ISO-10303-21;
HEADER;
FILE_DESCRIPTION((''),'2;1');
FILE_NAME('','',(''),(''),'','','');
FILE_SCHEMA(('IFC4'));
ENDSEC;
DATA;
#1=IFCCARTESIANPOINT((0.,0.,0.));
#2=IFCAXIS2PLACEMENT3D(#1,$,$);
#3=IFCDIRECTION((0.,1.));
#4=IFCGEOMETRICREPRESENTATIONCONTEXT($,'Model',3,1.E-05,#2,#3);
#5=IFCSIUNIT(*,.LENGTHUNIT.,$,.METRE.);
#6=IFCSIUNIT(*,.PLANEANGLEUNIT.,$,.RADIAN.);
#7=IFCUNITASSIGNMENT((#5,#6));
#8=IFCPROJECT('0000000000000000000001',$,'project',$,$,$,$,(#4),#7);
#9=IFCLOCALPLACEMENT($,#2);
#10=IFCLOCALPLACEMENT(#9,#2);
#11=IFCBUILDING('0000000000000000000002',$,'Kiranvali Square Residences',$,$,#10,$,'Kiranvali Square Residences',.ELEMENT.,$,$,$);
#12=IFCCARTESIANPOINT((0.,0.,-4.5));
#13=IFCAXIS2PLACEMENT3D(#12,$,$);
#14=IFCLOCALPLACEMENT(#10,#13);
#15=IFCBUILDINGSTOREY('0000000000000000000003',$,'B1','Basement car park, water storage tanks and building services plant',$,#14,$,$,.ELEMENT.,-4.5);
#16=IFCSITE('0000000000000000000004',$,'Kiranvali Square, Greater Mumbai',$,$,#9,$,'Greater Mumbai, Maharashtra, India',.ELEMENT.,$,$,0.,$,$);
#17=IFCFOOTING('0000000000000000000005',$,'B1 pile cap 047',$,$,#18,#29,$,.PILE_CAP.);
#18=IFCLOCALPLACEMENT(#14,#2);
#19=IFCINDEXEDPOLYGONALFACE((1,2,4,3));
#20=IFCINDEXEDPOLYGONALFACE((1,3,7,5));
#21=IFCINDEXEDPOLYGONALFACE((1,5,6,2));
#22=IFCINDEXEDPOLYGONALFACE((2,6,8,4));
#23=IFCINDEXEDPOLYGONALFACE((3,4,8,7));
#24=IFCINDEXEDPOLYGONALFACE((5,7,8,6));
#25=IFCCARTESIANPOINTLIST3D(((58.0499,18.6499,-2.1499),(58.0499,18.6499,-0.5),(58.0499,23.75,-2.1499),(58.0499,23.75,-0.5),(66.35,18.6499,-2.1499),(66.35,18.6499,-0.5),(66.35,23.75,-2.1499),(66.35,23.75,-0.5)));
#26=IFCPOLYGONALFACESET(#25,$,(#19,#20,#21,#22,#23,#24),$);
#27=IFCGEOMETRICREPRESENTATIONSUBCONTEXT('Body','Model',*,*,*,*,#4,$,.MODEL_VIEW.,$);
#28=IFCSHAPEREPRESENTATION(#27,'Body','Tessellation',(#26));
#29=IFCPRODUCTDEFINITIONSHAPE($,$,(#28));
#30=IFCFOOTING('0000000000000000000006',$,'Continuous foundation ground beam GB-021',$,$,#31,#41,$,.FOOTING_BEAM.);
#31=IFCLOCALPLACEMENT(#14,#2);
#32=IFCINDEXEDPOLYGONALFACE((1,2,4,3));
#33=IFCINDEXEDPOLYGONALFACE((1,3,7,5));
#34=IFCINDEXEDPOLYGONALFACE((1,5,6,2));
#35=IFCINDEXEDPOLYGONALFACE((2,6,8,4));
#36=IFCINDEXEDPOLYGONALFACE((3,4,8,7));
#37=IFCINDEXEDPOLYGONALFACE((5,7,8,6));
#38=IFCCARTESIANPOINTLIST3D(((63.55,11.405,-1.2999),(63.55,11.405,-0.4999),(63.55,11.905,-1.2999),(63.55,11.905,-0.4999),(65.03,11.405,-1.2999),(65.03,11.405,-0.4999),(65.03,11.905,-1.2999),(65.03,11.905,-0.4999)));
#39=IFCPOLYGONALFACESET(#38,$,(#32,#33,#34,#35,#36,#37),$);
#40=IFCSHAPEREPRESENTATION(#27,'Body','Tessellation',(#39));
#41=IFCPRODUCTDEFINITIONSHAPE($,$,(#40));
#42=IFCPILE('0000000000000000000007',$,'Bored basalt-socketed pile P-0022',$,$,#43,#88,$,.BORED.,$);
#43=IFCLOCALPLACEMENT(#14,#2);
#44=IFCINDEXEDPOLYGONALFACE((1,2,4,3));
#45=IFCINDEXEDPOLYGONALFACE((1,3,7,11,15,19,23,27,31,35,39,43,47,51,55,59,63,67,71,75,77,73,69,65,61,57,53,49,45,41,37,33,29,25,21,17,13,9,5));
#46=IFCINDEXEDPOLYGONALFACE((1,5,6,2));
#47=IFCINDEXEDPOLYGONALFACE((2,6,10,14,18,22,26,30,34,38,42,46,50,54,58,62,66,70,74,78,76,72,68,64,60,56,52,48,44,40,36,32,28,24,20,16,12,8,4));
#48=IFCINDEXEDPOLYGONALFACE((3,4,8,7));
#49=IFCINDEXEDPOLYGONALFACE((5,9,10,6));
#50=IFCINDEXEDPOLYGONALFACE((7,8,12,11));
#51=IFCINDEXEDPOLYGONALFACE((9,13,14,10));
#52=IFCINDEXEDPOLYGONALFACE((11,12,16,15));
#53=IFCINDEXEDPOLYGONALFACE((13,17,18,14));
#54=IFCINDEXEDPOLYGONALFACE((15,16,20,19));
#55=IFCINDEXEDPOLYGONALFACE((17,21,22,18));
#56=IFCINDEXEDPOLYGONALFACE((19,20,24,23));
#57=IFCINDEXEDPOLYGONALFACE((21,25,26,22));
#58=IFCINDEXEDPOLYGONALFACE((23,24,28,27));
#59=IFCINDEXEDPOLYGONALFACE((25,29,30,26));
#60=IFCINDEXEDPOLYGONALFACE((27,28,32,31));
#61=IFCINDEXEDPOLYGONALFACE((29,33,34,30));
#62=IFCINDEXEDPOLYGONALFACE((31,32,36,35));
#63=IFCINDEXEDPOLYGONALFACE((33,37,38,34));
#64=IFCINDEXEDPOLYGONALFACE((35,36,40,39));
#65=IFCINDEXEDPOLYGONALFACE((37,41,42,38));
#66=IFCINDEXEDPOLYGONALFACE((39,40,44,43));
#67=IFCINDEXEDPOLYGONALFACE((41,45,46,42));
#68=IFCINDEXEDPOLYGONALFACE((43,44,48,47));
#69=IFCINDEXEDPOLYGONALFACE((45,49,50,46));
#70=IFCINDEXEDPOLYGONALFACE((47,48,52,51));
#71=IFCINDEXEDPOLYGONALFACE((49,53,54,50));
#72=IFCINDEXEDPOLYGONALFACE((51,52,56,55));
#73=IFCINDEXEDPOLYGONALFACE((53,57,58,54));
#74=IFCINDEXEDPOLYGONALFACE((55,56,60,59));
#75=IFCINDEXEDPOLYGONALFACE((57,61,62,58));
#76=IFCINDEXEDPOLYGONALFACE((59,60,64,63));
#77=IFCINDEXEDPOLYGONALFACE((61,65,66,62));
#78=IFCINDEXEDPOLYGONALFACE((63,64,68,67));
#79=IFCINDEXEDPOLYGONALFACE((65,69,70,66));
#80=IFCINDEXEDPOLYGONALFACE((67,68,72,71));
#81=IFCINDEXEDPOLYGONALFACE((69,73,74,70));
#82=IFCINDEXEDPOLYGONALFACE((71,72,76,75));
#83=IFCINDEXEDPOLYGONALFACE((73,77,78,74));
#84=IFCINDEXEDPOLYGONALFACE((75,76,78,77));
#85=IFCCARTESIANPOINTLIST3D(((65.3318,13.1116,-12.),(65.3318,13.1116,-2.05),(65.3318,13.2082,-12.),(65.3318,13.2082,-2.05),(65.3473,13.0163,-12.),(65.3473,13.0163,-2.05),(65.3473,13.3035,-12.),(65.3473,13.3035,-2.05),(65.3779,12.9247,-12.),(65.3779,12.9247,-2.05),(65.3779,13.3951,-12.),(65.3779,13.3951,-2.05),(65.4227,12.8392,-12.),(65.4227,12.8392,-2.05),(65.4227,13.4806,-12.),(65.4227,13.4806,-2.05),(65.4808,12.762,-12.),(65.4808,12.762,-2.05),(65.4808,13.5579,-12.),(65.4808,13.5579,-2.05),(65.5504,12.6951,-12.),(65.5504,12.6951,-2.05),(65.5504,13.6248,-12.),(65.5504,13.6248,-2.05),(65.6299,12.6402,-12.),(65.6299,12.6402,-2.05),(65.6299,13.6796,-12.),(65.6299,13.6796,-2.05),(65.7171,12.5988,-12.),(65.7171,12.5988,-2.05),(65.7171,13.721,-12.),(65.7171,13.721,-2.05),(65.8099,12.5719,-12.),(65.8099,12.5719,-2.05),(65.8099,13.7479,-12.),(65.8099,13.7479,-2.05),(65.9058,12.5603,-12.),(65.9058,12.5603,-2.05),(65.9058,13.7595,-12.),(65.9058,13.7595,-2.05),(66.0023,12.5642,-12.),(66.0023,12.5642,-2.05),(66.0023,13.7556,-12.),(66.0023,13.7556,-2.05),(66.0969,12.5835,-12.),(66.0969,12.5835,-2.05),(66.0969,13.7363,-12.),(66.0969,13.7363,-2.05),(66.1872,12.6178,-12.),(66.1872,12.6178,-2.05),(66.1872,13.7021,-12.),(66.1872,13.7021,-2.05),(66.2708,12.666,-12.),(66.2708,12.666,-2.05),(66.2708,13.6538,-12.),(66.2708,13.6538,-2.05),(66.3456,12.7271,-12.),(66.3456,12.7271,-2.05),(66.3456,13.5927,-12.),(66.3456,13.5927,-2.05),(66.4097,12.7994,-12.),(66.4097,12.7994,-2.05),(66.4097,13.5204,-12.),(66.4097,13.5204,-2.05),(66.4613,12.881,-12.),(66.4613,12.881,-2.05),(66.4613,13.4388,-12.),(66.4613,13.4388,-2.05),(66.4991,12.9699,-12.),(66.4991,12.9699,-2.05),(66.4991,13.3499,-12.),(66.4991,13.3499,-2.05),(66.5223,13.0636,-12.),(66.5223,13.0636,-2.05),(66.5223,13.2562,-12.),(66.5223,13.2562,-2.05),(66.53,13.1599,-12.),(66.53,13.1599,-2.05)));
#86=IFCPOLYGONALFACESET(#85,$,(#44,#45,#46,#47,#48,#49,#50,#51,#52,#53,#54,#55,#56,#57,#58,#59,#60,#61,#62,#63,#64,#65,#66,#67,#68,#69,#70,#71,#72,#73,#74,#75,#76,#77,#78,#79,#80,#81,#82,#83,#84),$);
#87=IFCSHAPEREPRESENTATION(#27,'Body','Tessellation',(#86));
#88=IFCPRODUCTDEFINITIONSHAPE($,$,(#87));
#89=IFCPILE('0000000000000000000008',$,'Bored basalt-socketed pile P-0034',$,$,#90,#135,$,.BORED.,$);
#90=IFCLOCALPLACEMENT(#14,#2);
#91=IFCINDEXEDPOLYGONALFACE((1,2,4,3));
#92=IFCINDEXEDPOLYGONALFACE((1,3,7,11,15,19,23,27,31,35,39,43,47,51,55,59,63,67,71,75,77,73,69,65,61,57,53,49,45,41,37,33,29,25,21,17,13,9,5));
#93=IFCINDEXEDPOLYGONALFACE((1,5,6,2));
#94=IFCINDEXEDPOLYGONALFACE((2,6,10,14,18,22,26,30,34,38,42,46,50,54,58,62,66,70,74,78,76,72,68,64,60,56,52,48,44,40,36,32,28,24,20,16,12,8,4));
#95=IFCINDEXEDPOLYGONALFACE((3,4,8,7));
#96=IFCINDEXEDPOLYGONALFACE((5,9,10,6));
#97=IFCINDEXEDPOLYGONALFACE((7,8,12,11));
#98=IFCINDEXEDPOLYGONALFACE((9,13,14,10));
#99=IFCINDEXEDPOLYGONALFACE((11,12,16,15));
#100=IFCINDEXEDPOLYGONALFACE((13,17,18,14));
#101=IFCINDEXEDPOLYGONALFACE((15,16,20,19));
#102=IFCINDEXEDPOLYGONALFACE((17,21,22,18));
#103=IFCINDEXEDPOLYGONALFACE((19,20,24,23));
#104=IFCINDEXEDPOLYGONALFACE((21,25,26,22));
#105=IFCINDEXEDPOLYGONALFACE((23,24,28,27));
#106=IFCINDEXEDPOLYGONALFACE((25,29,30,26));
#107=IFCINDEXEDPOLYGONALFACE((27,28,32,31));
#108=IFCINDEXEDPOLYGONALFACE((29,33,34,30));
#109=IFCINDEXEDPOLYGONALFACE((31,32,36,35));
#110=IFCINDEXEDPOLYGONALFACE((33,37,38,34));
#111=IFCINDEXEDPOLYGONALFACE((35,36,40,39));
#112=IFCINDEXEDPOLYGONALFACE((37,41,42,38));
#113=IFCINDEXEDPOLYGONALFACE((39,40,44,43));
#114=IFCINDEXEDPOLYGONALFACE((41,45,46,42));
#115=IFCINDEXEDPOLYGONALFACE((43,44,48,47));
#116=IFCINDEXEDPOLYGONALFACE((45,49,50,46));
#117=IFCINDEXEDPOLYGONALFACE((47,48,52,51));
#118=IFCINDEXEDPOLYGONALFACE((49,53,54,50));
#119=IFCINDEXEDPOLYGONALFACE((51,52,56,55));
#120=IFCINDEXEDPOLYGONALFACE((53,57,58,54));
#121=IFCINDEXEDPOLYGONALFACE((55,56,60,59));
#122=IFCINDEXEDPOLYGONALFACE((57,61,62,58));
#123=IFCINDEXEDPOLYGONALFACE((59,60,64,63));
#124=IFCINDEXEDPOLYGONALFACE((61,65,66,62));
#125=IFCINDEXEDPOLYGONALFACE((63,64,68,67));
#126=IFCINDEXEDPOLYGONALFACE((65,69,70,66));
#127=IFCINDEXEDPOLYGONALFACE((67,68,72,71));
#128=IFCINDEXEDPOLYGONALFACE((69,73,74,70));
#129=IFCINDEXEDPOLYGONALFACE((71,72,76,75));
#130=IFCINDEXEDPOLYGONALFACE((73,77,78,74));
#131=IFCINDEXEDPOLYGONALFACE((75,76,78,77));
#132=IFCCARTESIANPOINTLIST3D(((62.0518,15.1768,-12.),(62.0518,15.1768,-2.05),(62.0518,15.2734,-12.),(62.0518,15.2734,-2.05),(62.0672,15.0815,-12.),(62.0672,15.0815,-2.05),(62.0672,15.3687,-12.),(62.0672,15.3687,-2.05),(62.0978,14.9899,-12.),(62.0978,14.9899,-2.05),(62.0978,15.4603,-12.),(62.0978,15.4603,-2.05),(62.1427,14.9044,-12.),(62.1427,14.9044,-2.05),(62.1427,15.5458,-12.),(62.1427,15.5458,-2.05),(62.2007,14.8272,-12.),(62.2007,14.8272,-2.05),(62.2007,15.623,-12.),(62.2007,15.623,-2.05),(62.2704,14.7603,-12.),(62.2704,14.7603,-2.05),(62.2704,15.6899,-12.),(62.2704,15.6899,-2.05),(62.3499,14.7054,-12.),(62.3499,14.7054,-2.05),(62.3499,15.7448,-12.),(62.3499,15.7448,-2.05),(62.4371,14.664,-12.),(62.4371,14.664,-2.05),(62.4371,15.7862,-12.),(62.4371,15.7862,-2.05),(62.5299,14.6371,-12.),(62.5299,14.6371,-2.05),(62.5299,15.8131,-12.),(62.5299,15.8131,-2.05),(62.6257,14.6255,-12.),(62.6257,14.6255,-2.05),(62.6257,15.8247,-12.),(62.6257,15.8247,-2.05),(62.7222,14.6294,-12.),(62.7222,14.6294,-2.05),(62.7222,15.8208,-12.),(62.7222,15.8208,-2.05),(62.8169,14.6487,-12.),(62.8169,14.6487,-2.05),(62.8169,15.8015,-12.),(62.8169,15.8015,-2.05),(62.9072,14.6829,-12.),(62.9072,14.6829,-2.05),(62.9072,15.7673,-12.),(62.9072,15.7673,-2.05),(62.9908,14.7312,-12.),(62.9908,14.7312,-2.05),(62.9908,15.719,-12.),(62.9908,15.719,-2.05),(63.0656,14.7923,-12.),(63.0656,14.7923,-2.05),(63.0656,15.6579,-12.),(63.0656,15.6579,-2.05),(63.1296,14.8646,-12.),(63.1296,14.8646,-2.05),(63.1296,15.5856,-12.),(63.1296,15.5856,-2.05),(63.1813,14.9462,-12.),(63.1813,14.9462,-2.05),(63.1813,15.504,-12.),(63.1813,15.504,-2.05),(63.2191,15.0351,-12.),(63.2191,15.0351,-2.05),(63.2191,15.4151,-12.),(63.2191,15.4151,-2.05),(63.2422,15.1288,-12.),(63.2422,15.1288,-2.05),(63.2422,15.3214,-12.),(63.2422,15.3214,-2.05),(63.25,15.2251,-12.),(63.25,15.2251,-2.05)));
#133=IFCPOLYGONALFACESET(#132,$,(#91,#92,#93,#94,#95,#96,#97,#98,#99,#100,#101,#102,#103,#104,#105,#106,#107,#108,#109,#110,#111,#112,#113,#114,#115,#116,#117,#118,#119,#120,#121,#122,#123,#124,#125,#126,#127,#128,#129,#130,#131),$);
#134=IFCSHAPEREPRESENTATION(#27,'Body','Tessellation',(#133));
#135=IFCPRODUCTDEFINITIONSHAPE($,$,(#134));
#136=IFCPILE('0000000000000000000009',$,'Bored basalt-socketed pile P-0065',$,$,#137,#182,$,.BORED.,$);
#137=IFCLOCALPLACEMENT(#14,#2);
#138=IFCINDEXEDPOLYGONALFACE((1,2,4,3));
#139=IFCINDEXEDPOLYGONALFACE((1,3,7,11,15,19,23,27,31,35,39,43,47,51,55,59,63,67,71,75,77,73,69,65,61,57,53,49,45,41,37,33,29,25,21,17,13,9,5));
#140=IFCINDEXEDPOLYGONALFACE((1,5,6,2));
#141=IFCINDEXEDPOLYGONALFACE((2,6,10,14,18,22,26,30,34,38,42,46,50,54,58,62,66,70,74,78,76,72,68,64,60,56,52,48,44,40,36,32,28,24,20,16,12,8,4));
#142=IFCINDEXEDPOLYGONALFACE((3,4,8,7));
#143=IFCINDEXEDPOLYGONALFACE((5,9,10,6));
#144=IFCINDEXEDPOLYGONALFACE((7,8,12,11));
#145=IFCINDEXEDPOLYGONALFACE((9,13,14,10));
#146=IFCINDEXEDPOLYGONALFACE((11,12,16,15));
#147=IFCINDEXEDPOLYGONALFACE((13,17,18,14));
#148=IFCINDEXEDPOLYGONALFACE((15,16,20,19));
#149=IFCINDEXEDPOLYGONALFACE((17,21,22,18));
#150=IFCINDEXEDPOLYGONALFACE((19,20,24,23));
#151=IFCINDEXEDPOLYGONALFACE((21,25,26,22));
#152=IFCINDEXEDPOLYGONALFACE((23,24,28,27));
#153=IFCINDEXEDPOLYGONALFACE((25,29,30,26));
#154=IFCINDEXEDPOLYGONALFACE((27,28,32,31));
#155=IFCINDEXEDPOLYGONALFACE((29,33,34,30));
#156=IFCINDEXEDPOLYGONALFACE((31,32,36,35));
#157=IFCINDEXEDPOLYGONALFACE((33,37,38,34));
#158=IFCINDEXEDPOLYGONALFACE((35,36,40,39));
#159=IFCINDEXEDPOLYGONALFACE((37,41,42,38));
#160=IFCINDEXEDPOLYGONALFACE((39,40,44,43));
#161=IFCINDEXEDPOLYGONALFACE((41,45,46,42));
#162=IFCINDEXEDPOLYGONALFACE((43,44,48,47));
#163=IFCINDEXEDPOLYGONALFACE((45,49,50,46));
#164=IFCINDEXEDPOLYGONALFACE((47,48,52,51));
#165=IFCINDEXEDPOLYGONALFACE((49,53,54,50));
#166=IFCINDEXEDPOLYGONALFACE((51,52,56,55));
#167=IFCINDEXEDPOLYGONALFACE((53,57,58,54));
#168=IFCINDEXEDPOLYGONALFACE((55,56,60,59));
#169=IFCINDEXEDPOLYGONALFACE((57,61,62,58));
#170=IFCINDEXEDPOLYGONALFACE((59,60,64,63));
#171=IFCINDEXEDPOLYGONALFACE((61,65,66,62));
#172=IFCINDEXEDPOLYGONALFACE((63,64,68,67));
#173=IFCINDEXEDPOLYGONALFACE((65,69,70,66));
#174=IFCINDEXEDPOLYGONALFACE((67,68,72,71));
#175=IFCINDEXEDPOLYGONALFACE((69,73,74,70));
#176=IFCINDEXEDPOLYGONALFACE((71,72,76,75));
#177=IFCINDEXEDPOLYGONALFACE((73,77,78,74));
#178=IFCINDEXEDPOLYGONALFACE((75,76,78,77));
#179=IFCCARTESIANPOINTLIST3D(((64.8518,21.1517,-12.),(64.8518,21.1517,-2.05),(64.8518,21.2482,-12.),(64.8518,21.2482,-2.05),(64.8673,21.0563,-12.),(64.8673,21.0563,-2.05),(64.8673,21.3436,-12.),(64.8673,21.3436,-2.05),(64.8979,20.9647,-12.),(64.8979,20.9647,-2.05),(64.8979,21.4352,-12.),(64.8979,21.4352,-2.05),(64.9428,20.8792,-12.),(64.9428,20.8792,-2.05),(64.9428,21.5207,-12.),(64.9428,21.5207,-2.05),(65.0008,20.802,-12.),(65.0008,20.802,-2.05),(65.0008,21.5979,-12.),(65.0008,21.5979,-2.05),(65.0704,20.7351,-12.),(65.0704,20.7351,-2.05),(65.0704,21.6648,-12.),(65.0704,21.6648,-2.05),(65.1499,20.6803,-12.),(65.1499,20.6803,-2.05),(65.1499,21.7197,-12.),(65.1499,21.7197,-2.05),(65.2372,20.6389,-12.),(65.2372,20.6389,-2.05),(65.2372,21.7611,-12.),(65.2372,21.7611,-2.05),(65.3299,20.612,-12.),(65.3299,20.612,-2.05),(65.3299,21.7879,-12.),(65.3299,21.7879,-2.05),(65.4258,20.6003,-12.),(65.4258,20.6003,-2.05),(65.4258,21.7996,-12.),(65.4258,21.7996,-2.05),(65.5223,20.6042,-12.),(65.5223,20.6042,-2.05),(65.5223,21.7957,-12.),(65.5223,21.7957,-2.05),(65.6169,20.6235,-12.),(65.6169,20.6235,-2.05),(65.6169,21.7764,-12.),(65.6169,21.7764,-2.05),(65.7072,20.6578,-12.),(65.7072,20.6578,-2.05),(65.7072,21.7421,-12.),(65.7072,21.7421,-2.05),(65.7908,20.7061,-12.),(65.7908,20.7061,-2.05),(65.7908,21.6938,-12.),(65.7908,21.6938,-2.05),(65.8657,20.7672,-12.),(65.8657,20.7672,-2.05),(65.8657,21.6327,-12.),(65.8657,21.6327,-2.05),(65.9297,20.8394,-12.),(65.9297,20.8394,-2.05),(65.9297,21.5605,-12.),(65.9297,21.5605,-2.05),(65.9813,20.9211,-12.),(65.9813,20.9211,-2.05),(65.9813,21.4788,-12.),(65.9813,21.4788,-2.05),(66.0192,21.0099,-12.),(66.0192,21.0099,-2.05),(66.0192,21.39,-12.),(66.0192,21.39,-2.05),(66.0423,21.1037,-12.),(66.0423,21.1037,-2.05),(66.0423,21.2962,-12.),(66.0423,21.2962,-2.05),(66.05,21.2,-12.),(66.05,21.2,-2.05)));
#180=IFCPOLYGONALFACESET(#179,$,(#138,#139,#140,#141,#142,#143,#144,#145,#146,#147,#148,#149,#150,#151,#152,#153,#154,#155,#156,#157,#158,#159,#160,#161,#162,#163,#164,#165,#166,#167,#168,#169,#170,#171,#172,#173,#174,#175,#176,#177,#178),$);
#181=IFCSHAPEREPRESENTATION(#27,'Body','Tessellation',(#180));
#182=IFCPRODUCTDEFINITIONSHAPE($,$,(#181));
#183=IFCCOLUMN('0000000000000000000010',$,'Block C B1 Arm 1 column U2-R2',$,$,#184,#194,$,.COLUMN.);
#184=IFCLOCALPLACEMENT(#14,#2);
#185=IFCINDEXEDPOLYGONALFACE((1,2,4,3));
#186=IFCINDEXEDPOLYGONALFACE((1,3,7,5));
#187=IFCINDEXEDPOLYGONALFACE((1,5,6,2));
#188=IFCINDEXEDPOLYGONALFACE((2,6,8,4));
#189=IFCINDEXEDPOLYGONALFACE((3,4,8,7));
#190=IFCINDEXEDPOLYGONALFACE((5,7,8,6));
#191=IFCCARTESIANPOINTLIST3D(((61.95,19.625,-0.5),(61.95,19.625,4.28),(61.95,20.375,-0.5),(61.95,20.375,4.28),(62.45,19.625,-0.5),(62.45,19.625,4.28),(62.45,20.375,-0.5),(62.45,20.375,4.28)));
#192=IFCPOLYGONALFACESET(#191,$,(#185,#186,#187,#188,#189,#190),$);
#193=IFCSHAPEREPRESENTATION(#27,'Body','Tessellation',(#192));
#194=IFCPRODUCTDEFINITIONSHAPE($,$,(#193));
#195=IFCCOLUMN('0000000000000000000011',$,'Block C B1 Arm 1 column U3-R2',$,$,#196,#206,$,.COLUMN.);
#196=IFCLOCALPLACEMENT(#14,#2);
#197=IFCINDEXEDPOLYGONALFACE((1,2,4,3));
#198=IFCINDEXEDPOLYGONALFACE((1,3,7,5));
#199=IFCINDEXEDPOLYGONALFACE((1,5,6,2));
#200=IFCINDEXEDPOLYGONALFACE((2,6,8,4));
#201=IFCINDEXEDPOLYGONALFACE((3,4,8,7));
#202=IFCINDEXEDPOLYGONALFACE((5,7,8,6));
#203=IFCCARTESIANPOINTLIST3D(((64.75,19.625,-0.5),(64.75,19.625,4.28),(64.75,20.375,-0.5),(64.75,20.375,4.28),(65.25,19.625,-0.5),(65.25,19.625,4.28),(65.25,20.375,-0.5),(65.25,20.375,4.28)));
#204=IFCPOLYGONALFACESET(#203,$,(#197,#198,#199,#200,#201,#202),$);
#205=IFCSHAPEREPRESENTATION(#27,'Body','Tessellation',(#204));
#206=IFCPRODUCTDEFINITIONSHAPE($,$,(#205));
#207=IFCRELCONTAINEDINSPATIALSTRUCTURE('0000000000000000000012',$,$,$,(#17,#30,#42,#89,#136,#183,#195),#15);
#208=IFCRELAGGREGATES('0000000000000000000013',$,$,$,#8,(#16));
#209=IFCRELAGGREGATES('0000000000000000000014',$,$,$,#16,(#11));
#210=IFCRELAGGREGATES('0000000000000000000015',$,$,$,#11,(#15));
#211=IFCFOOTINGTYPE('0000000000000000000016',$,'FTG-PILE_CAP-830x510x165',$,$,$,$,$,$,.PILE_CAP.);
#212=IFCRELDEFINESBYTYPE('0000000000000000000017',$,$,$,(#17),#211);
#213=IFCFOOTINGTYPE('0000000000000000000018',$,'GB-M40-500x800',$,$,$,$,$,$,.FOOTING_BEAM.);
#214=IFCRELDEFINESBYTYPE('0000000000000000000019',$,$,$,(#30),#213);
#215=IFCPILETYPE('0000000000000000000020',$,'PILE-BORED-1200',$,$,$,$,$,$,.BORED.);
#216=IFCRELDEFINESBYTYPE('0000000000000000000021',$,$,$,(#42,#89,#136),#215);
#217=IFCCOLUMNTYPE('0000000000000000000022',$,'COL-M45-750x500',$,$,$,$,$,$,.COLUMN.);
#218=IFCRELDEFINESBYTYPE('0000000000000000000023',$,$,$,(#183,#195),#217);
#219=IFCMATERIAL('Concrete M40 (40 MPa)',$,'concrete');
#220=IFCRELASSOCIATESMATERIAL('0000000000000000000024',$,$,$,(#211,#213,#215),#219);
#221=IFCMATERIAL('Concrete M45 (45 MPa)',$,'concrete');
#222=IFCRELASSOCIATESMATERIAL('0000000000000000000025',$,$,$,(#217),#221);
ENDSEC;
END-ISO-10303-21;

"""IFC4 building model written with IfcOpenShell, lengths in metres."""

from ifc_helpers import new_model, si_unit, direction, frame, origin, origin_2d, place, context, subcontext, project, spatial, rectangle, circle, extrude, material, material_profile, profile_set, type_object, element, save


model = new_model("IFC4")

# Units and contexts
model_context = context("Model", 3, precision=1e-05, world=origin(), true_north=direction((0.0, 1.0)))
body_context = subcontext(model_context, "Body", "Model", "MODEL_VIEW")
ifc_project = project(units=[si_unit("LENGTHUNIT", "METRE"), si_unit("PLANEANGLEUNIT", "RADIAN")], contexts=[model_context])

# Site, building, storey
site_placement = place(None, origin())
site = spatial("IfcSite", under=ifc_project, at=site_placement, Name="Kiranvali Square, Greater Mumbai", LongName="Greater Mumbai, Maharashtra, India", CompositionType="ELEMENT", RefElevation=0.0)
building_placement = place(site_placement, origin())
building = spatial("IfcBuilding", under=site, at=building_placement, Name="Kiranvali Square Residences", LongName="Kiranvali Square Residences", CompositionType="ELEMENT")
storey_placement = place(building_placement, frame((0.0, 0.0, -4.5)))
storey = spatial("IfcBuildingStorey", under=building, at=storey_placement, Name="B1", Description="Basement car park, water storage tanks and building services plant", CompositionType="ELEMENT", Elevation=-4.5)

# Footings
ifc_material_1 = material(Name="Concrete M40 (40 MPa)", Category="concrete")
footing_type_1 = type_object("IfcFootingType", Name="FTG-PILE_CAP-830x510x165", PredefinedType="PILE_CAP", material=ifc_material_1)
footing_1_placement = place(storey_placement, frame((62.2, 21.2, -2.1499), z_axis=(0.0, 0.0, 1.0), x_axis=(1.0, 0.0, 0.0)))
element("IfcFooting", 1, at=footing_1_placement, inside=storey, type_object=footing_type_1, Name="B1 pile cap 047", PredefinedType="PILE_CAP", context=body_context, shape_type="SweptSolid", body=[
    extrude(rectangle(XDim=8.3, YDim=5.1001, at=origin_2d()), origin(), (0.0, 0.0, 1.0), 1.6499),
])
ifc_material_profile_1 = material_profile(ifc_material_1, rectangle(XDim=0.5, YDim=0.8, at=origin_2d()), Name="GB 500x800")
ifc_profile_set_1 = profile_set([ifc_material_profile_1], Name="Concrete M40 (40 MPa)")
footing_type_2 = type_object("IfcFootingType", Name="GB-M40-500x800", PredefinedType="FOOTING_BEAM", material=ifc_profile_set_1)
footing_2_placement = place(storey_placement, frame((63.55, 11.655, -0.8999), z_axis=(1.0, 0.0, 0.0), x_axis=(0.0, 1.0, 0.0)))
element("IfcFooting", 2, at=footing_2_placement, inside=storey, type_object=footing_type_2, Name="Continuous foundation ground beam GB-021", PredefinedType="FOOTING_BEAM", context=body_context, shape_type="SweptSolid", body=[
    extrude(rectangle(XDim=0.5, YDim=0.8, at=origin_2d()), origin(), (0.0, 0.0, 1.0), 1.48),
])

# Piles
ifc_material_profile_2 = material_profile(ifc_material_1, circle(Radius=0.6001, at=origin_2d()), Name="BORED PILE 1200")
ifc_profile_set_2 = profile_set([ifc_material_profile_2], Name="Concrete M40 (40 MPa)")
pile_type = type_object("IfcPileType", Name="PILE-BORED-1200", PredefinedType="BORED", material=ifc_profile_set_2)
for number, where, z_axis, x_axis, name in (
    (3, (65.9299, 13.1599, -2.05), (0.0, 0.0, -1.0), (1.0, 0.0, 0.0), "Bored basalt-socketed pile P-0022"),
    (4, (62.6499, 15.2251, -2.05), (0.0, 0.0, -1.0), (1.0, 0.0, 0.0), "Bored basalt-socketed pile P-0034"),
    (5, (65.45, 21.2, -2.05), (0.0, 0.0, -1.0), (1.0, 0.0, 0.0), "Bored basalt-socketed pile P-0065"),
):
    element("IfcPile", number, at=place(storey_placement, frame(where, z_axis=z_axis, x_axis=x_axis)), inside=storey, type_object=pile_type, Name=name, PredefinedType="BORED", context=body_context, shape_type="SweptSolid", body=[
        extrude(circle(Radius=0.6001, at=origin_2d()), origin(), (0.0, 0.0, 1.0), 9.95),
    ])

# Columns
ifc_material_2 = material(Name="Concrete M45 (45 MPa)", Category="concrete")
ifc_material_profile_3 = material_profile(ifc_material_2, rectangle(XDim=0.5, YDim=0.75, at=origin_2d()), Name="RC 750x500")
ifc_profile_set_3 = profile_set([ifc_material_profile_3], Name="Concrete M45 (45 MPa)")
column_type_1 = type_object("IfcColumnType", Name="COL-M45-750x500", PredefinedType="COLUMN", material=ifc_profile_set_3)
for number, where, z_axis, x_axis, name in (
    (6, (62.2, 20.0, -0.5), (0.0, 0.0, 1.0), (1.0, 0.0, 0.0), "Block C B1 Arm 1 column U2-R2"),
    (7, (65.0, 20.0, -0.5), (0.0, 0.0, 1.0), (1.0, 0.0, 0.0), "Block C B1 Arm 1 column U3-R2"),
):
    element("IfcColumn", number, at=place(storey_placement, frame(where, z_axis=z_axis, x_axis=x_axis)), inside=storey, type_object=column_type_1, Name=name, PredefinedType="COLUMN", context=body_context, shape_type="SweptSolid", body=[
        extrude(rectangle(XDim=0.5, YDim=0.75, at=origin_2d()), origin(), (0.0, 0.0, 1.0), 4.78),
    ])

save(model, "model.ifc")
